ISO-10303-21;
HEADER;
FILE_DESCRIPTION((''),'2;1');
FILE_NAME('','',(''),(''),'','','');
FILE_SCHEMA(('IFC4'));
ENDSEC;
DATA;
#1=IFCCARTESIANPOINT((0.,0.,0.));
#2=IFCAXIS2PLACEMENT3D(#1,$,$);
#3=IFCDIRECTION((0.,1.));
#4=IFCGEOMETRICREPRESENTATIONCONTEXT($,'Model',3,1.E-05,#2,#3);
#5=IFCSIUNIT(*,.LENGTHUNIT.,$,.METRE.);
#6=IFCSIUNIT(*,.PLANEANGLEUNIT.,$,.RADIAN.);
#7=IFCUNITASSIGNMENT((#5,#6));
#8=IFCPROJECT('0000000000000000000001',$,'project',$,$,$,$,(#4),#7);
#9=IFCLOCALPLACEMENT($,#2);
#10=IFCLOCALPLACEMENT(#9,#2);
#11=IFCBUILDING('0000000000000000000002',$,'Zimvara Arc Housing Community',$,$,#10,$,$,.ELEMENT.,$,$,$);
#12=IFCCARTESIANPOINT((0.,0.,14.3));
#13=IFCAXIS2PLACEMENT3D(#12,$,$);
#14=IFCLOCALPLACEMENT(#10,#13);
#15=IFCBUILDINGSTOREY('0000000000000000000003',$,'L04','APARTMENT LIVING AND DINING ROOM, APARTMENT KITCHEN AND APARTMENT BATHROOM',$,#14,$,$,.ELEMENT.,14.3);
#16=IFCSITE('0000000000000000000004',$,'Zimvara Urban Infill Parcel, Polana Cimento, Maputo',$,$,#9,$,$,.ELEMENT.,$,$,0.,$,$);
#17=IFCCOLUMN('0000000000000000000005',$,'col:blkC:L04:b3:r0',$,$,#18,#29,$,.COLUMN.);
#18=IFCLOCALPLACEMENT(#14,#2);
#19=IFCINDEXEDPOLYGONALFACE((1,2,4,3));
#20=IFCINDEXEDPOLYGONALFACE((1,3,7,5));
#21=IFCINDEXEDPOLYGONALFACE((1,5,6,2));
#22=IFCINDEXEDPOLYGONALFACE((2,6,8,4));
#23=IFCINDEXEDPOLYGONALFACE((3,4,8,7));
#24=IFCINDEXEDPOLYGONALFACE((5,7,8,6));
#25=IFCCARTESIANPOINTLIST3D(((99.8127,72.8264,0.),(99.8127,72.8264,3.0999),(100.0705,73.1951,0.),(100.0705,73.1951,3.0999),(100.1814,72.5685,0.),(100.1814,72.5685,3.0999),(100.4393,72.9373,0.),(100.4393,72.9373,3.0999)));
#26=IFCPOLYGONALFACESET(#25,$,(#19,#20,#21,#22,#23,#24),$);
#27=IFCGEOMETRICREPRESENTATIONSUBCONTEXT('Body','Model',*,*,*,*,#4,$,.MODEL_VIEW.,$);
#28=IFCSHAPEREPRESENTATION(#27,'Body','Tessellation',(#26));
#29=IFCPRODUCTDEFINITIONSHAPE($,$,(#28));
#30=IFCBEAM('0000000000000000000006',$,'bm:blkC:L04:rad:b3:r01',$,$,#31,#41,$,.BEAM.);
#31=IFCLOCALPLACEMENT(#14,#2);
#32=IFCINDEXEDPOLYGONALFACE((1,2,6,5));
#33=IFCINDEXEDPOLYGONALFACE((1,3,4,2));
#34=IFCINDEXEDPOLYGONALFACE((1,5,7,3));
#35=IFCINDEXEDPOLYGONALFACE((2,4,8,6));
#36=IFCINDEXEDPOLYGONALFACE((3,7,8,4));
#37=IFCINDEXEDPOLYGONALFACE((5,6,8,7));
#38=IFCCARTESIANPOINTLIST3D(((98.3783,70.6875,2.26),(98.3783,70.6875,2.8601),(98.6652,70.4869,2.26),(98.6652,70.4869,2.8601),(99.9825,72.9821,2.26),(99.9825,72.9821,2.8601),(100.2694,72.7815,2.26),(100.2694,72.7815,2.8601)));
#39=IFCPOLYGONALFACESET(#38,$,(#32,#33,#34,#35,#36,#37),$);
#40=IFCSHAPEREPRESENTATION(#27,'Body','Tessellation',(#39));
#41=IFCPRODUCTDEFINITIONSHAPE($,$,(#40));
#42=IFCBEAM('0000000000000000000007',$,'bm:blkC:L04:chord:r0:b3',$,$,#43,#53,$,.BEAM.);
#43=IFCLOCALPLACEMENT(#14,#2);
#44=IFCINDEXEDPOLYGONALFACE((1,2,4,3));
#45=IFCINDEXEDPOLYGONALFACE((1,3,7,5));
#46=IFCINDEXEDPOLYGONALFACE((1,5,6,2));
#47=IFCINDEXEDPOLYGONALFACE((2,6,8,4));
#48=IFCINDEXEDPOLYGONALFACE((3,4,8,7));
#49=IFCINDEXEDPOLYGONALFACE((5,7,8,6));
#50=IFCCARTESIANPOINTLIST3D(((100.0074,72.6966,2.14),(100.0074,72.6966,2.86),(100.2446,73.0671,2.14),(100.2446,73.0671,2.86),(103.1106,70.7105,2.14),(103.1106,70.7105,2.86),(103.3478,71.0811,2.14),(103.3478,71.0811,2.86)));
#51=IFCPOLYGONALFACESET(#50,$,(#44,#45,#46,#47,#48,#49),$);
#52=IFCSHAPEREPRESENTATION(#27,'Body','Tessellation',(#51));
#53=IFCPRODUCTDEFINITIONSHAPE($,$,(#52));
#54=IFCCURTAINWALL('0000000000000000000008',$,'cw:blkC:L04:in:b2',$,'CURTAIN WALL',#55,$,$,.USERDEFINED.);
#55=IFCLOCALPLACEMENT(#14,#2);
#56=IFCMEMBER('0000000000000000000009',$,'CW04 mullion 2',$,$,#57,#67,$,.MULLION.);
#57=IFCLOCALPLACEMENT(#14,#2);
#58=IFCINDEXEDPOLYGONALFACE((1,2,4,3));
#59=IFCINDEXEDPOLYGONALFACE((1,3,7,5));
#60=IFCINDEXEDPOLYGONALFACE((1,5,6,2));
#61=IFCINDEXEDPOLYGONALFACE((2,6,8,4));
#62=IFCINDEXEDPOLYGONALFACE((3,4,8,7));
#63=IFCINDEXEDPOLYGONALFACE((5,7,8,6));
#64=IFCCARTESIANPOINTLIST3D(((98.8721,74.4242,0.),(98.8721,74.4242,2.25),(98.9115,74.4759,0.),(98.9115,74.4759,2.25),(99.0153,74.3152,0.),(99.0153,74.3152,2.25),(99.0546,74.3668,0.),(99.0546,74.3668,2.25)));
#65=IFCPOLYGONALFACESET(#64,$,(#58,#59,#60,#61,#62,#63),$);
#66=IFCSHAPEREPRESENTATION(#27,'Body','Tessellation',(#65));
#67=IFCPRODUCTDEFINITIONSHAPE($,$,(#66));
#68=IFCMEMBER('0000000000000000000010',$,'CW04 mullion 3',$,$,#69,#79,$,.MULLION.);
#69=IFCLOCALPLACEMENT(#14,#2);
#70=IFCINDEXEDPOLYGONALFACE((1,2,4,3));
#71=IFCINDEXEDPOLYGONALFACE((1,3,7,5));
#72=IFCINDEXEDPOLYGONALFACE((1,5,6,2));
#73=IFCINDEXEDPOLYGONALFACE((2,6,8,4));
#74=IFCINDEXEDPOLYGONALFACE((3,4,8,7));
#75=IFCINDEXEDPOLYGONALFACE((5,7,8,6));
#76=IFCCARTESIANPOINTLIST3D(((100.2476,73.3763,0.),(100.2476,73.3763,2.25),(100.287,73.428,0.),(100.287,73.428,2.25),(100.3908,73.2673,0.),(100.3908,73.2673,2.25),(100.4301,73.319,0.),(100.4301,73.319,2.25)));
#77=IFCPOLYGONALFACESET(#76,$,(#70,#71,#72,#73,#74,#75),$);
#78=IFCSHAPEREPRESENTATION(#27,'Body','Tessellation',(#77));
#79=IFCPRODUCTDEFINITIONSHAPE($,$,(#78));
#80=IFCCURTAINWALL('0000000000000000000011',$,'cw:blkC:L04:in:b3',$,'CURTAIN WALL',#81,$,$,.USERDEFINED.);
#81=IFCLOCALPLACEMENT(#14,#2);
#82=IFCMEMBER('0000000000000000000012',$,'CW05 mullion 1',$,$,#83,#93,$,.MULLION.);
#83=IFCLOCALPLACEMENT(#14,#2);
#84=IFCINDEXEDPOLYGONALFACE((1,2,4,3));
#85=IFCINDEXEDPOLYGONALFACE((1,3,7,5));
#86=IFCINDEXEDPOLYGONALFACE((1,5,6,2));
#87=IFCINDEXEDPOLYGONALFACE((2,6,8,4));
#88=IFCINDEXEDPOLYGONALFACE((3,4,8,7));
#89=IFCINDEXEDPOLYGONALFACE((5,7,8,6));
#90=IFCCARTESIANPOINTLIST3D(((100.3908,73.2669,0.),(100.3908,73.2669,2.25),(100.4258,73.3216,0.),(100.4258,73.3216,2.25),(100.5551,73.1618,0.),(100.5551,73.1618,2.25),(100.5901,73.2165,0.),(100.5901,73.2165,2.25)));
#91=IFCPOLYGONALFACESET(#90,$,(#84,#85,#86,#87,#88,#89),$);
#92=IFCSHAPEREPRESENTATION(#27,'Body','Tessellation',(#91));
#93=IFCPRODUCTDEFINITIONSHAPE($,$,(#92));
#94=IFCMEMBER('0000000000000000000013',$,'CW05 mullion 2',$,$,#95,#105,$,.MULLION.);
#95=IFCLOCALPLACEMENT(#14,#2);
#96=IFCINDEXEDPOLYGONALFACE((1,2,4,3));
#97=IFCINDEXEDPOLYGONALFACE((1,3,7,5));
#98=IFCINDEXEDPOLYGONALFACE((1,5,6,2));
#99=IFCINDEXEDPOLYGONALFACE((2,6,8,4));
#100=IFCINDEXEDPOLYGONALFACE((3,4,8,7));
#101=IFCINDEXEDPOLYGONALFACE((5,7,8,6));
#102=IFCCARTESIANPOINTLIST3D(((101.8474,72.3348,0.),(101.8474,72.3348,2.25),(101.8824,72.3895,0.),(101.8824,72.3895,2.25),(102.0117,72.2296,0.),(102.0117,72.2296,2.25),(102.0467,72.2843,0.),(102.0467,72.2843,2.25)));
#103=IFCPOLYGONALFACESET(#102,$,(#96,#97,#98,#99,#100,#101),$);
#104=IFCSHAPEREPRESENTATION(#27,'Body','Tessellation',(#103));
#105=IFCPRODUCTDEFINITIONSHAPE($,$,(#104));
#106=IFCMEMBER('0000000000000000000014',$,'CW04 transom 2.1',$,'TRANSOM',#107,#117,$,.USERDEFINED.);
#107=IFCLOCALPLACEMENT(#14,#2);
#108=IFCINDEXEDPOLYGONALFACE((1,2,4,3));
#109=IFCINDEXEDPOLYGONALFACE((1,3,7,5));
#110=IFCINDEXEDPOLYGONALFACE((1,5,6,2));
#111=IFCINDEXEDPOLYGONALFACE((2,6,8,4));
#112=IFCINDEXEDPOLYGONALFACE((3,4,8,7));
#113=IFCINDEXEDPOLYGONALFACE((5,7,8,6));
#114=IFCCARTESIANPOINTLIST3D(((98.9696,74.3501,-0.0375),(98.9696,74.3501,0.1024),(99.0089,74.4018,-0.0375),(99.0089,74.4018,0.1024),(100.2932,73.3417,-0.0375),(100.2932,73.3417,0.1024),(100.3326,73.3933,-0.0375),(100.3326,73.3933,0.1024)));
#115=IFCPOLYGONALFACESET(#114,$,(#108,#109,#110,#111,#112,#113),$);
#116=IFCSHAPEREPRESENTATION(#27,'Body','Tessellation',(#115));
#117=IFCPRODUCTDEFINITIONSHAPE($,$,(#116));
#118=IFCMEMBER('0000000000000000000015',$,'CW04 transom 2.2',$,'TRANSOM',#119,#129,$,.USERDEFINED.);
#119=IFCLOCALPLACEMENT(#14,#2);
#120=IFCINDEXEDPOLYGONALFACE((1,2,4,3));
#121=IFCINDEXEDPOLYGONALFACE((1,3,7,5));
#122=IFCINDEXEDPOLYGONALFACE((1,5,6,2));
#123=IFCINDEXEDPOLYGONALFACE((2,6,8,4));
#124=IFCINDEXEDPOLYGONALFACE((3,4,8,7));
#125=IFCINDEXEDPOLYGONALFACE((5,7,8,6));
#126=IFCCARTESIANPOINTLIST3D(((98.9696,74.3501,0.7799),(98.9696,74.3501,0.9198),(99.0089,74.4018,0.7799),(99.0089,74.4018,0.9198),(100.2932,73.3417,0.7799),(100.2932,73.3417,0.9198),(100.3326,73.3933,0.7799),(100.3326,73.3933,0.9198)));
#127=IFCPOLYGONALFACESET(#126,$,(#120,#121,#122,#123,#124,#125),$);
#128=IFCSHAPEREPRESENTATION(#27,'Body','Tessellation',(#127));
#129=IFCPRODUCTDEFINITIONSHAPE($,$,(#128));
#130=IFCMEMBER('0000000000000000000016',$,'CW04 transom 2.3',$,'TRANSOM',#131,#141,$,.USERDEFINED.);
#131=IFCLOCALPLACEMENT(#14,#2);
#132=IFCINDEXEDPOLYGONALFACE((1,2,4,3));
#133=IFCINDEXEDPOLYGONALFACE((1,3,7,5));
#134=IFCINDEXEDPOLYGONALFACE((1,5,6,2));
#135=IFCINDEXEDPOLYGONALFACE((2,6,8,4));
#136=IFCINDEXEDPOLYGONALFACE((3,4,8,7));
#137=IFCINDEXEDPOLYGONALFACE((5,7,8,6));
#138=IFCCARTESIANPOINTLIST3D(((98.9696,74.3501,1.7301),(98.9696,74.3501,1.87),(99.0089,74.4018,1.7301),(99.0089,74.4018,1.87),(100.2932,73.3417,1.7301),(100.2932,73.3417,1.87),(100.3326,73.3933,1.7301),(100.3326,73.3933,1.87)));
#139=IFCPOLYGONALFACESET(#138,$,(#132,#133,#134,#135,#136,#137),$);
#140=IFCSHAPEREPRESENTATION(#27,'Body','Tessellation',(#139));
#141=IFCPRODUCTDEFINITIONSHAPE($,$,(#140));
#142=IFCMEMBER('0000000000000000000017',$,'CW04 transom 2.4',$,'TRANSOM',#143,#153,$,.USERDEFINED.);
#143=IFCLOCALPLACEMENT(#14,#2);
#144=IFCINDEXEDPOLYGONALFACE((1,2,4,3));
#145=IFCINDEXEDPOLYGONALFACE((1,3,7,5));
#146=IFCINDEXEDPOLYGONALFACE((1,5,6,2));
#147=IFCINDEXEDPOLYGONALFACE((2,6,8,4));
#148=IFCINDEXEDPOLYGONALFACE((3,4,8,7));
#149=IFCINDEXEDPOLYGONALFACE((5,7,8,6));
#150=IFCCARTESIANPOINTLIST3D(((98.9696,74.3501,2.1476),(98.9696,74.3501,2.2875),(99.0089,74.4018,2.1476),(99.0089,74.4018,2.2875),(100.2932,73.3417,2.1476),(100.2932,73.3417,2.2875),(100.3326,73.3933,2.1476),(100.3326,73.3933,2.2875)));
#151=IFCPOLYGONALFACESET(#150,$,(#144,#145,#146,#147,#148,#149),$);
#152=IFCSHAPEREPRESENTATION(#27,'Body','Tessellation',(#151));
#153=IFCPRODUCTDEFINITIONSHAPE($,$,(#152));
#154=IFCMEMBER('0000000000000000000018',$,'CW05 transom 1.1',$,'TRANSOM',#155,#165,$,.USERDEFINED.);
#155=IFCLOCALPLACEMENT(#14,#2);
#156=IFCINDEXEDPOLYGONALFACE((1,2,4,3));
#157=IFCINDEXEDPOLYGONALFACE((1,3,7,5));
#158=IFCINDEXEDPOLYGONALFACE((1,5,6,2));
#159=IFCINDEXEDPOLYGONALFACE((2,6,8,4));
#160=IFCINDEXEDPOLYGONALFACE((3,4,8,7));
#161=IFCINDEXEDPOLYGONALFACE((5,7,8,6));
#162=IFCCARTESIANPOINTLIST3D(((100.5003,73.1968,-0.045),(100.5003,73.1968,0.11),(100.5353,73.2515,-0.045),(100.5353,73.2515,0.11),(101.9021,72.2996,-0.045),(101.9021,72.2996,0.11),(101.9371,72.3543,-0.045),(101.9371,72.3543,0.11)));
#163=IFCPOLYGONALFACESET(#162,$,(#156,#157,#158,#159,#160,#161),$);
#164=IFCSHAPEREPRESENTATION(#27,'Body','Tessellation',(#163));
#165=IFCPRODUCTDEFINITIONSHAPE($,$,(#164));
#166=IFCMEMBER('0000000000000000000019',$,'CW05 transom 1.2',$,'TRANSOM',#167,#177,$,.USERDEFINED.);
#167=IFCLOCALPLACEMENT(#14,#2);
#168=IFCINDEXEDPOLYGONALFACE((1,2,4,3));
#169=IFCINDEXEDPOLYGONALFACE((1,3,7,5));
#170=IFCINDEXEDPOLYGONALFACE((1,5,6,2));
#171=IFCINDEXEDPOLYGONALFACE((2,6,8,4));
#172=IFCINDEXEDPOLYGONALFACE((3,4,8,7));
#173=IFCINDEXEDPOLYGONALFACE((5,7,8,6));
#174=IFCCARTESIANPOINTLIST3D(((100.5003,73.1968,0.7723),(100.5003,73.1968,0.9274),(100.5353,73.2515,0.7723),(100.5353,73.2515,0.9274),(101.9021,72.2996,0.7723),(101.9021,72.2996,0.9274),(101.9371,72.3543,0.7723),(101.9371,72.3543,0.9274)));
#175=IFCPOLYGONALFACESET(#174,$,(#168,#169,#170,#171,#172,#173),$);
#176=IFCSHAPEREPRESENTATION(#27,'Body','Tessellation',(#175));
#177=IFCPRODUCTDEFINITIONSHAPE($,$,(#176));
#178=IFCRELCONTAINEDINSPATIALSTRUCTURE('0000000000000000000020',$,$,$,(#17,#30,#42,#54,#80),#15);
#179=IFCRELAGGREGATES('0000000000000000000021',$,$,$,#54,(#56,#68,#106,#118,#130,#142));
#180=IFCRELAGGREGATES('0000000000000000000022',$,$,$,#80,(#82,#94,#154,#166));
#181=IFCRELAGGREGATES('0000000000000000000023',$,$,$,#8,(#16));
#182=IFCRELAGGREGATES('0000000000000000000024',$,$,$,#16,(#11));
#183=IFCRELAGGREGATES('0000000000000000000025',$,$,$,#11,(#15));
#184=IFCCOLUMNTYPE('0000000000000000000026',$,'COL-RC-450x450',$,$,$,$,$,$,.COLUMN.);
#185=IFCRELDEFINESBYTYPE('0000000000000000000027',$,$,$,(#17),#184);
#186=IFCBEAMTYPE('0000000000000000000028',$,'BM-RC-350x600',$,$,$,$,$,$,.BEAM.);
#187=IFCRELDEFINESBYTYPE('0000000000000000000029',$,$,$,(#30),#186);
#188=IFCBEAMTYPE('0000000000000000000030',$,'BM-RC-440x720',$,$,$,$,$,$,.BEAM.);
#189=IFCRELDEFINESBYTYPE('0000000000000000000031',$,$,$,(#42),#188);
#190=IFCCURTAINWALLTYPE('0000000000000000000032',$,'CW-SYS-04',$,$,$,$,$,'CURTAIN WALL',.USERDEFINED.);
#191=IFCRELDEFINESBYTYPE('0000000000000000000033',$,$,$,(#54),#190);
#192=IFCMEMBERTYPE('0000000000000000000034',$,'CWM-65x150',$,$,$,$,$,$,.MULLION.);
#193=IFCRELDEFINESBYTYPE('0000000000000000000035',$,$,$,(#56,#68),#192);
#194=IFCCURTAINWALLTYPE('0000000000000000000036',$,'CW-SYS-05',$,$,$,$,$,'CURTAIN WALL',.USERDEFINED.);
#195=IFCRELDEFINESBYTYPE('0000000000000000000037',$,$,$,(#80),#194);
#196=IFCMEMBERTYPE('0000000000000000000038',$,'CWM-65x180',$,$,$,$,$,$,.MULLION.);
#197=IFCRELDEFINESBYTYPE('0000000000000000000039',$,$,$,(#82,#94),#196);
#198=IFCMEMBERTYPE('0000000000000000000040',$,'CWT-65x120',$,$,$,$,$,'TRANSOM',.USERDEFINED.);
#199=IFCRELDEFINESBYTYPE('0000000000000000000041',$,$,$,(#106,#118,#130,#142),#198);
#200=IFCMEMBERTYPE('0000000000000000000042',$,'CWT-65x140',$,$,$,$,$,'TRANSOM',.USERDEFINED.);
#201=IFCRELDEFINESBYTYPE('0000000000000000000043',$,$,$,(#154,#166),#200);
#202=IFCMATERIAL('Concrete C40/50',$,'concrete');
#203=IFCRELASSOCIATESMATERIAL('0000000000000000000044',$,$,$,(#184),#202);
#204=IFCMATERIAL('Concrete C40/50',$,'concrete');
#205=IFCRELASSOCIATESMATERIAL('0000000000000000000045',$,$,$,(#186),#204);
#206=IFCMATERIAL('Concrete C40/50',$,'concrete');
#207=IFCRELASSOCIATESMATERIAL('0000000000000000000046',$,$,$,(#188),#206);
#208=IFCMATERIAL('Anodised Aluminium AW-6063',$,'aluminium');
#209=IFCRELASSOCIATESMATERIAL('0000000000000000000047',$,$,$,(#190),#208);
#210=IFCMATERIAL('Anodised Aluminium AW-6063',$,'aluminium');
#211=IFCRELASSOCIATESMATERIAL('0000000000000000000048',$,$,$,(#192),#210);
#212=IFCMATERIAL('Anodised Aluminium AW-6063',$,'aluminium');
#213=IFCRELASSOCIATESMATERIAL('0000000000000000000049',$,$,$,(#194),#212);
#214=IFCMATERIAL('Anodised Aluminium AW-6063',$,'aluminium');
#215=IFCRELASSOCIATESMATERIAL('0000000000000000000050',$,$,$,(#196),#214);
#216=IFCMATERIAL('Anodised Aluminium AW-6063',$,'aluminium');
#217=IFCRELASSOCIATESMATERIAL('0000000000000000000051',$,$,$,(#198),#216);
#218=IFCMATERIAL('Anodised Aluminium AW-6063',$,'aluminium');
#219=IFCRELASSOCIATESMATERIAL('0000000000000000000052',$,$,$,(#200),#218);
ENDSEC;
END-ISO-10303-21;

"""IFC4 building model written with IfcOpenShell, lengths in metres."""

from ifc_helpers import new_model, si_unit, direction, frame, origin, origin_2d, place, context, subcontext, project, spatial, rectangle, extrude, material, material_profile, profile_set, type_object, element, aggregate, save


model = new_model("IFC4")

# Units and contexts
model_context = context("Model", 3, precision=1e-05, world=origin(), true_north=direction((0.0, 1.0)))
body_context = subcontext(model_context, "Body", "Model", "MODEL_VIEW")
ifc_project = project(units=[si_unit("LENGTHUNIT", "METRE"), si_unit("PLANEANGLEUNIT", "RADIAN")], contexts=[model_context])

# Site, building, storey
site_placement = place(None, origin())
site = spatial("IfcSite", under=ifc_project, at=site_placement, Name="Zimvara Urban Infill Parcel, Polana Cimento, Maputo", CompositionType="ELEMENT", RefElevation=0.0)
building_placement = place(site_placement, origin())
building = spatial("IfcBuilding", under=site, at=building_placement, Name="Zimvara Arc Housing Community", CompositionType="ELEMENT")
storey_placement = place(building_placement, frame((0.0, 0.0, 14.3)))
storey = spatial("IfcBuildingStorey", under=building, at=storey_placement, Name="L04", Description="APARTMENT LIVING AND DINING ROOM, APARTMENT KITCHEN AND APARTMENT BATHROOM", CompositionType="ELEMENT", Elevation=14.3)

# Column
ifc_material_1 = material(Name="Concrete C40/50", Category="concrete")
ifc_material_profile_1 = material_profile(ifc_material_1, rectangle(XDim=0.45, YDim=0.45, at=origin_2d()), Name="RC 450x450")
ifc_profile_set_1 = profile_set([ifc_material_profile_1], Name="Concrete C40/50")
column_type = type_object("IfcColumnType", Name="COL-RC-450x450", PredefinedType="COLUMN", material=ifc_profile_set_1)
column_placement = place(storey_placement, frame((100.126, 72.8818, 0.0), z_axis=(0.0, 0.0, 1.0), x_axis=(-0.573004, -0.819552, 0.0)))
element("IfcColumn", 1, at=column_placement, inside=storey, type_object=column_type, Name="col:blkC:L04:b3:r0", PredefinedType="COLUMN", context=body_context, shape_type="SweptSolid", body=[
    extrude(rectangle(XDim=0.45, YDim=0.45, at=origin_2d()), origin(), (0.0, 0.0, 1.0), 3.0999),
])

# Beams
ifc_material_2 = material(Name="Concrete C40/50", Category="concrete")
ifc_material_profile_2 = material_profile(ifc_material_2, rectangle(XDim=0.3501, YDim=0.6001, at=origin_2d()), Name="RC 350x600")
ifc_profile_set_2 = profile_set([ifc_material_profile_2], Name="Concrete C40/50")
beam_type_1 = type_object("IfcBeamType", Name="BM-RC-350x600", PredefinedType="BEAM", material=ifc_profile_set_2)
beam_1_placement = place(storey_placement, frame((100.126, 72.8818, 2.5601), z_axis=(-0.572977, -0.819572, 0.0), x_axis=(0.819572, -0.572977, 0.0)))
element("IfcBeam", 2, at=beam_1_placement, inside=storey, type_object=beam_type_1, Name="bm:blkC:L04:rad:b3:r01", PredefinedType="BEAM", context=body_context, shape_type="SweptSolid", body=[
    extrude(rectangle(XDim=0.3501, YDim=0.6001, at=origin_2d()), origin(), (0.0, 0.0, 1.0), 2.7998),
])
ifc_material_3 = material(Name="Concrete C40/50", Category="concrete")
ifc_material_profile_3 = material_profile(ifc_material_3, rectangle(XDim=0.4399, YDim=0.72, at=origin_2d()), Name="RC 440x720")
ifc_profile_set_3 = profile_set([ifc_material_profile_3], Name="Concrete C40/50")
beam_type_2 = type_object("IfcBeamType", Name="BM-RC-440x720", PredefinedType="BEAM", material=ifc_profile_set_3)
beam_2_placement = place(storey_placement, frame((100.126, 72.8818, 2.5), z_axis=(0.842273, -0.539052, 0.0), x_axis=(0.539052, 0.842273, 0.0)))
element("IfcBeam", 3, at=beam_2_placement, inside=storey, type_object=beam_type_2, Name="bm:blkC:L04:chord:r0:b3", PredefinedType="BEAM", context=body_context, shape_type="SweptSolid", body=[
    extrude(rectangle(XDim=0.4399, YDim=0.72, at=origin_2d()), origin(), (0.0, 0.0, 1.0), 3.6843),
])

# Curtain walls, members
ifc_material_4 = material(Name="Anodised Aluminium AW-6063", Category="aluminium")
curtain_wall_type_1 = type_object("IfcCurtainWallType", Name="CW-SYS-04", ElementType="CURTAIN WALL", PredefinedType="USERDEFINED", material=ifc_material_4)
curtain_wall_1_placement = place(storey_placement, origin())
curtain_wall_1 = element("IfcCurtainWall", 4, at=curtain_wall_1_placement, inside=storey, type_object=curtain_wall_type_1, Name="cw:blkC:L04:in:b2", ObjectType="CURTAIN WALL", PredefinedType="USERDEFINED")
ifc_material_5 = material(Name="Anodised Aluminium AW-6063", Category="aluminium")
ifc_material_profile_4 = material_profile(ifc_material_5, rectangle(XDim=0.0649, YDim=0.1799, at=origin_2d()), Name="ALU 65x180")
ifc_profile_set_4 = profile_set([ifc_material_profile_4], Name="Anodised Aluminium AW-6063")
member_type_1 = type_object("IfcMemberType", Name="CWM-65x150", PredefinedType="MULLION", material=ifc_profile_set_4)
member_1_placement = place(storey_placement, frame((98.9634, 74.3955, 0.0), z_axis=(0.0, 0.0, 1.0), x_axis=(0.605988, 0.795474, 0.0)))
member_1 = element("IfcMember", 5, at=member_1_placement, type_object=member_type_1, Name="CW04 mullion 2", PredefinedType="MULLION", context=body_context, shape_type="SweptSolid", body=[
    extrude(rectangle(XDim=0.0649, YDim=0.1799, at=origin_2d()), origin(), (0.0, 0.0, 1.0), 2.25),
])
member_2_placement = place(storey_placement, frame((100.3389, 73.3477, 0.0), z_axis=(0.0, 0.0, 1.0), x_axis=(0.605988, 0.795474, 0.0)))
member_2 = element("IfcMember", 6, at=member_2_placement, type_object=member_type_1, Name="CW04 mullion 3", PredefinedType="MULLION", context=body_context, shape_type="SweptSolid", body=[
    extrude(rectangle(XDim=0.0649, YDim=0.1799, at=origin_2d()), origin(), (0.0, 0.0, 1.0), 2.25),
])
ifc_material_6 = material(Name="Anodised Aluminium AW-6063", Category="aluminium")
curtain_wall_type_2 = type_object("IfcCurtainWallType", Name="CW-SYS-05", ElementType="CURTAIN WALL", PredefinedType="USERDEFINED", material=ifc_material_6)
curtain_wall_2_placement = place(storey_placement, origin())
curtain_wall_2 = element("IfcCurtainWall", 7, at=curtain_wall_2_placement, inside=storey, type_object=curtain_wall_type_2, Name="cw:blkC:L04:in:b3", ObjectType="CURTAIN WALL", PredefinedType="USERDEFINED")
ifc_material_7 = material(Name="Anodised Aluminium AW-6063", Category="aluminium")
ifc_material_profile_5 = material_profile(ifc_material_7, rectangle(XDim=0.0649, YDim=0.1951, at=origin_2d()), Name="ALU 65x195")
ifc_profile_set_5 = profile_set([ifc_material_profile_5], Name="Anodised Aluminium AW-6063")
member_type_2 = type_object("IfcMemberType", Name="CWM-65x180", PredefinedType="MULLION", material=ifc_profile_set_5)
member_3_placement = place(storey_placement, frame((100.4905, 73.2417, 0.0), z_axis=(0.0, 0.0, 1.0), x_axis=(0.539064, 0.842265, 0.0)))
member_3 = element("IfcMember", 8, at=member_3_placement, type_object=member_type_2, Name="CW05 mullion 1", PredefinedType="MULLION", context=body_context, shape_type="SweptSolid", body=[
    extrude(rectangle(XDim=0.0649, YDim=0.1951, at=origin_2d()), origin(), (0.0, 0.0, 1.0), 2.25),
])
member_4_placement = place(storey_placement, frame((101.947, 72.3096, 0.0), z_axis=(0.0, 0.0, 1.0), x_axis=(0.539064, 0.842265, 0.0)))
member_4 = element("IfcMember", 9, at=member_4_placement, type_object=member_type_2, Name="CW05 mullion 2", PredefinedType="MULLION", context=body_context, shape_type="SweptSolid", body=[
    extrude(rectangle(XDim=0.0649, YDim=0.1951, at=origin_2d()), origin(), (0.0, 0.0, 1.0), 2.25),
])

# Members
ifc_material_8 = material(Name="Anodised Aluminium AW-6063", Category="aluminium")
ifc_material_profile_6 = material_profile(ifc_material_8, rectangle(XDim=0.0649, YDim=0.1399, at=origin_2d()), Name="ALU 65x140")
ifc_profile_set_6 = profile_set([ifc_material_profile_6], Name="Anodised Aluminium AW-6063")
member_type_3 = type_object("IfcMemberType", Name="CWT-65x120", ElementType="TRANSOM", PredefinedType="USERDEFINED", material=ifc_profile_set_6)
member_5_placement = place(storey_placement, frame((98.9893, 74.376, 0.0325), z_axis=(0.795435, -0.606039, 0.0), x_axis=(0.606039, 0.795435, 0.0)))
member_5 = element("IfcMember", 10, at=member_5_placement, type_object=member_type_3, Name="CW04 transom 2.1", ObjectType="TRANSOM", PredefinedType="USERDEFINED", context=body_context, shape_type="SweptSolid", body=[
    extrude(rectangle(XDim=0.0649, YDim=0.1399, at=origin_2d()), origin(), (0.0, 0.0, 1.0), 1.6641),
])
member_6_placement = place(storey_placement, frame((98.9893, 74.376, 0.8499), z_axis=(0.795435, -0.606039, 0.0), x_axis=(0.606039, 0.795435, 0.0)))
member_6 = element("IfcMember", 11, at=member_6_placement, type_object=member_type_3, Name="CW04 transom 2.2", ObjectType="TRANSOM", PredefinedType="USERDEFINED", context=body_context, shape_type="SweptSolid", body=[
    extrude(rectangle(XDim=0.0649, YDim=0.1399, at=origin_2d()), origin(), (0.0, 0.0, 1.0), 1.6641),
])
member_7_placement = place(storey_placement, frame((98.9893, 74.376, 1.8), z_axis=(0.795435, -0.606039, 0.0), x_axis=(0.606039, 0.795435, 0.0)))
member_7 = element("IfcMember", 12, at=member_7_placement, type_object=member_type_3, Name="CW04 transom 2.3", ObjectType="TRANSOM", PredefinedType="USERDEFINED", context=body_context, shape_type="SweptSolid", body=[
    extrude(rectangle(XDim=0.0649, YDim=0.1399, at=origin_2d()), origin(), (0.0, 0.0, 1.0), 1.6641),
])
member_8_placement = place(storey_placement, frame((98.9893, 74.376, 2.2175), z_axis=(0.795435, -0.606039, 0.0), x_axis=(0.606039, 0.795435, 0.0)))
member_8 = element("IfcMember", 13, at=member_8_placement, type_object=member_type_3, Name="CW04 transom 2.4", ObjectType="TRANSOM", PredefinedType="USERDEFINED", context=body_context, shape_type="SweptSolid", body=[
    extrude(rectangle(XDim=0.0649, YDim=0.1399, at=origin_2d()), origin(), (0.0, 0.0, 1.0), 1.6641),
])
ifc_material_9 = material(Name="Anodised Aluminium AW-6063", Category="aluminium")
ifc_material_profile_7 = material_profile(ifc_material_9, rectangle(XDim=0.0649, YDim=0.155, at=origin_2d()), Name="ALU 65x155")
ifc_profile_set_7 = profile_set([ifc_material_profile_7], Name="Anodised Aluminium AW-6063")
member_type_4 = type_object("IfcMemberType", Name="CWT-65x140", ElementType="TRANSOM", PredefinedType="USERDEFINED", material=ifc_profile_set_7)
member_9_placement = place(storey_placement, frame((100.5178, 73.2241, 0.0325), z_axis=(0.842263, -0.539066, 0.0), x_axis=(0.539066, 0.842263, 0.0)))
member_9 = element("IfcMember", 14, at=member_9_placement, type_object=member_type_4, Name="CW05 transom 1.1", ObjectType="TRANSOM", PredefinedType="USERDEFINED", context=body_context, shape_type="SweptSolid", body=[
    extrude(rectangle(XDim=0.0649, YDim=0.155, at=origin_2d()), origin(), (0.0, 0.0, 1.0), 1.6643),
])
member_10_placement = place(storey_placement, frame((100.5178, 73.2241, 0.8499), z_axis=(0.842263, -0.539066, 0.0), x_axis=(0.539066, 0.842263, 0.0)))
member_10 = element("IfcMember", 15, at=member_10_placement, type_object=member_type_4, Name="CW05 transom 1.2", ObjectType="TRANSOM", PredefinedType="USERDEFINED", context=body_context, shape_type="SweptSolid", body=[
    extrude(rectangle(XDim=0.0649, YDim=0.155, at=origin_2d()), origin(), (0.0, 0.0, 1.0), 1.6643),
])

aggregate(curtain_wall_1, [member_1, member_2, member_5, member_6, member_7, member_8])
aggregate(curtain_wall_2, [member_3, member_4, member_9, member_10])

save(model, "model.ifc")
